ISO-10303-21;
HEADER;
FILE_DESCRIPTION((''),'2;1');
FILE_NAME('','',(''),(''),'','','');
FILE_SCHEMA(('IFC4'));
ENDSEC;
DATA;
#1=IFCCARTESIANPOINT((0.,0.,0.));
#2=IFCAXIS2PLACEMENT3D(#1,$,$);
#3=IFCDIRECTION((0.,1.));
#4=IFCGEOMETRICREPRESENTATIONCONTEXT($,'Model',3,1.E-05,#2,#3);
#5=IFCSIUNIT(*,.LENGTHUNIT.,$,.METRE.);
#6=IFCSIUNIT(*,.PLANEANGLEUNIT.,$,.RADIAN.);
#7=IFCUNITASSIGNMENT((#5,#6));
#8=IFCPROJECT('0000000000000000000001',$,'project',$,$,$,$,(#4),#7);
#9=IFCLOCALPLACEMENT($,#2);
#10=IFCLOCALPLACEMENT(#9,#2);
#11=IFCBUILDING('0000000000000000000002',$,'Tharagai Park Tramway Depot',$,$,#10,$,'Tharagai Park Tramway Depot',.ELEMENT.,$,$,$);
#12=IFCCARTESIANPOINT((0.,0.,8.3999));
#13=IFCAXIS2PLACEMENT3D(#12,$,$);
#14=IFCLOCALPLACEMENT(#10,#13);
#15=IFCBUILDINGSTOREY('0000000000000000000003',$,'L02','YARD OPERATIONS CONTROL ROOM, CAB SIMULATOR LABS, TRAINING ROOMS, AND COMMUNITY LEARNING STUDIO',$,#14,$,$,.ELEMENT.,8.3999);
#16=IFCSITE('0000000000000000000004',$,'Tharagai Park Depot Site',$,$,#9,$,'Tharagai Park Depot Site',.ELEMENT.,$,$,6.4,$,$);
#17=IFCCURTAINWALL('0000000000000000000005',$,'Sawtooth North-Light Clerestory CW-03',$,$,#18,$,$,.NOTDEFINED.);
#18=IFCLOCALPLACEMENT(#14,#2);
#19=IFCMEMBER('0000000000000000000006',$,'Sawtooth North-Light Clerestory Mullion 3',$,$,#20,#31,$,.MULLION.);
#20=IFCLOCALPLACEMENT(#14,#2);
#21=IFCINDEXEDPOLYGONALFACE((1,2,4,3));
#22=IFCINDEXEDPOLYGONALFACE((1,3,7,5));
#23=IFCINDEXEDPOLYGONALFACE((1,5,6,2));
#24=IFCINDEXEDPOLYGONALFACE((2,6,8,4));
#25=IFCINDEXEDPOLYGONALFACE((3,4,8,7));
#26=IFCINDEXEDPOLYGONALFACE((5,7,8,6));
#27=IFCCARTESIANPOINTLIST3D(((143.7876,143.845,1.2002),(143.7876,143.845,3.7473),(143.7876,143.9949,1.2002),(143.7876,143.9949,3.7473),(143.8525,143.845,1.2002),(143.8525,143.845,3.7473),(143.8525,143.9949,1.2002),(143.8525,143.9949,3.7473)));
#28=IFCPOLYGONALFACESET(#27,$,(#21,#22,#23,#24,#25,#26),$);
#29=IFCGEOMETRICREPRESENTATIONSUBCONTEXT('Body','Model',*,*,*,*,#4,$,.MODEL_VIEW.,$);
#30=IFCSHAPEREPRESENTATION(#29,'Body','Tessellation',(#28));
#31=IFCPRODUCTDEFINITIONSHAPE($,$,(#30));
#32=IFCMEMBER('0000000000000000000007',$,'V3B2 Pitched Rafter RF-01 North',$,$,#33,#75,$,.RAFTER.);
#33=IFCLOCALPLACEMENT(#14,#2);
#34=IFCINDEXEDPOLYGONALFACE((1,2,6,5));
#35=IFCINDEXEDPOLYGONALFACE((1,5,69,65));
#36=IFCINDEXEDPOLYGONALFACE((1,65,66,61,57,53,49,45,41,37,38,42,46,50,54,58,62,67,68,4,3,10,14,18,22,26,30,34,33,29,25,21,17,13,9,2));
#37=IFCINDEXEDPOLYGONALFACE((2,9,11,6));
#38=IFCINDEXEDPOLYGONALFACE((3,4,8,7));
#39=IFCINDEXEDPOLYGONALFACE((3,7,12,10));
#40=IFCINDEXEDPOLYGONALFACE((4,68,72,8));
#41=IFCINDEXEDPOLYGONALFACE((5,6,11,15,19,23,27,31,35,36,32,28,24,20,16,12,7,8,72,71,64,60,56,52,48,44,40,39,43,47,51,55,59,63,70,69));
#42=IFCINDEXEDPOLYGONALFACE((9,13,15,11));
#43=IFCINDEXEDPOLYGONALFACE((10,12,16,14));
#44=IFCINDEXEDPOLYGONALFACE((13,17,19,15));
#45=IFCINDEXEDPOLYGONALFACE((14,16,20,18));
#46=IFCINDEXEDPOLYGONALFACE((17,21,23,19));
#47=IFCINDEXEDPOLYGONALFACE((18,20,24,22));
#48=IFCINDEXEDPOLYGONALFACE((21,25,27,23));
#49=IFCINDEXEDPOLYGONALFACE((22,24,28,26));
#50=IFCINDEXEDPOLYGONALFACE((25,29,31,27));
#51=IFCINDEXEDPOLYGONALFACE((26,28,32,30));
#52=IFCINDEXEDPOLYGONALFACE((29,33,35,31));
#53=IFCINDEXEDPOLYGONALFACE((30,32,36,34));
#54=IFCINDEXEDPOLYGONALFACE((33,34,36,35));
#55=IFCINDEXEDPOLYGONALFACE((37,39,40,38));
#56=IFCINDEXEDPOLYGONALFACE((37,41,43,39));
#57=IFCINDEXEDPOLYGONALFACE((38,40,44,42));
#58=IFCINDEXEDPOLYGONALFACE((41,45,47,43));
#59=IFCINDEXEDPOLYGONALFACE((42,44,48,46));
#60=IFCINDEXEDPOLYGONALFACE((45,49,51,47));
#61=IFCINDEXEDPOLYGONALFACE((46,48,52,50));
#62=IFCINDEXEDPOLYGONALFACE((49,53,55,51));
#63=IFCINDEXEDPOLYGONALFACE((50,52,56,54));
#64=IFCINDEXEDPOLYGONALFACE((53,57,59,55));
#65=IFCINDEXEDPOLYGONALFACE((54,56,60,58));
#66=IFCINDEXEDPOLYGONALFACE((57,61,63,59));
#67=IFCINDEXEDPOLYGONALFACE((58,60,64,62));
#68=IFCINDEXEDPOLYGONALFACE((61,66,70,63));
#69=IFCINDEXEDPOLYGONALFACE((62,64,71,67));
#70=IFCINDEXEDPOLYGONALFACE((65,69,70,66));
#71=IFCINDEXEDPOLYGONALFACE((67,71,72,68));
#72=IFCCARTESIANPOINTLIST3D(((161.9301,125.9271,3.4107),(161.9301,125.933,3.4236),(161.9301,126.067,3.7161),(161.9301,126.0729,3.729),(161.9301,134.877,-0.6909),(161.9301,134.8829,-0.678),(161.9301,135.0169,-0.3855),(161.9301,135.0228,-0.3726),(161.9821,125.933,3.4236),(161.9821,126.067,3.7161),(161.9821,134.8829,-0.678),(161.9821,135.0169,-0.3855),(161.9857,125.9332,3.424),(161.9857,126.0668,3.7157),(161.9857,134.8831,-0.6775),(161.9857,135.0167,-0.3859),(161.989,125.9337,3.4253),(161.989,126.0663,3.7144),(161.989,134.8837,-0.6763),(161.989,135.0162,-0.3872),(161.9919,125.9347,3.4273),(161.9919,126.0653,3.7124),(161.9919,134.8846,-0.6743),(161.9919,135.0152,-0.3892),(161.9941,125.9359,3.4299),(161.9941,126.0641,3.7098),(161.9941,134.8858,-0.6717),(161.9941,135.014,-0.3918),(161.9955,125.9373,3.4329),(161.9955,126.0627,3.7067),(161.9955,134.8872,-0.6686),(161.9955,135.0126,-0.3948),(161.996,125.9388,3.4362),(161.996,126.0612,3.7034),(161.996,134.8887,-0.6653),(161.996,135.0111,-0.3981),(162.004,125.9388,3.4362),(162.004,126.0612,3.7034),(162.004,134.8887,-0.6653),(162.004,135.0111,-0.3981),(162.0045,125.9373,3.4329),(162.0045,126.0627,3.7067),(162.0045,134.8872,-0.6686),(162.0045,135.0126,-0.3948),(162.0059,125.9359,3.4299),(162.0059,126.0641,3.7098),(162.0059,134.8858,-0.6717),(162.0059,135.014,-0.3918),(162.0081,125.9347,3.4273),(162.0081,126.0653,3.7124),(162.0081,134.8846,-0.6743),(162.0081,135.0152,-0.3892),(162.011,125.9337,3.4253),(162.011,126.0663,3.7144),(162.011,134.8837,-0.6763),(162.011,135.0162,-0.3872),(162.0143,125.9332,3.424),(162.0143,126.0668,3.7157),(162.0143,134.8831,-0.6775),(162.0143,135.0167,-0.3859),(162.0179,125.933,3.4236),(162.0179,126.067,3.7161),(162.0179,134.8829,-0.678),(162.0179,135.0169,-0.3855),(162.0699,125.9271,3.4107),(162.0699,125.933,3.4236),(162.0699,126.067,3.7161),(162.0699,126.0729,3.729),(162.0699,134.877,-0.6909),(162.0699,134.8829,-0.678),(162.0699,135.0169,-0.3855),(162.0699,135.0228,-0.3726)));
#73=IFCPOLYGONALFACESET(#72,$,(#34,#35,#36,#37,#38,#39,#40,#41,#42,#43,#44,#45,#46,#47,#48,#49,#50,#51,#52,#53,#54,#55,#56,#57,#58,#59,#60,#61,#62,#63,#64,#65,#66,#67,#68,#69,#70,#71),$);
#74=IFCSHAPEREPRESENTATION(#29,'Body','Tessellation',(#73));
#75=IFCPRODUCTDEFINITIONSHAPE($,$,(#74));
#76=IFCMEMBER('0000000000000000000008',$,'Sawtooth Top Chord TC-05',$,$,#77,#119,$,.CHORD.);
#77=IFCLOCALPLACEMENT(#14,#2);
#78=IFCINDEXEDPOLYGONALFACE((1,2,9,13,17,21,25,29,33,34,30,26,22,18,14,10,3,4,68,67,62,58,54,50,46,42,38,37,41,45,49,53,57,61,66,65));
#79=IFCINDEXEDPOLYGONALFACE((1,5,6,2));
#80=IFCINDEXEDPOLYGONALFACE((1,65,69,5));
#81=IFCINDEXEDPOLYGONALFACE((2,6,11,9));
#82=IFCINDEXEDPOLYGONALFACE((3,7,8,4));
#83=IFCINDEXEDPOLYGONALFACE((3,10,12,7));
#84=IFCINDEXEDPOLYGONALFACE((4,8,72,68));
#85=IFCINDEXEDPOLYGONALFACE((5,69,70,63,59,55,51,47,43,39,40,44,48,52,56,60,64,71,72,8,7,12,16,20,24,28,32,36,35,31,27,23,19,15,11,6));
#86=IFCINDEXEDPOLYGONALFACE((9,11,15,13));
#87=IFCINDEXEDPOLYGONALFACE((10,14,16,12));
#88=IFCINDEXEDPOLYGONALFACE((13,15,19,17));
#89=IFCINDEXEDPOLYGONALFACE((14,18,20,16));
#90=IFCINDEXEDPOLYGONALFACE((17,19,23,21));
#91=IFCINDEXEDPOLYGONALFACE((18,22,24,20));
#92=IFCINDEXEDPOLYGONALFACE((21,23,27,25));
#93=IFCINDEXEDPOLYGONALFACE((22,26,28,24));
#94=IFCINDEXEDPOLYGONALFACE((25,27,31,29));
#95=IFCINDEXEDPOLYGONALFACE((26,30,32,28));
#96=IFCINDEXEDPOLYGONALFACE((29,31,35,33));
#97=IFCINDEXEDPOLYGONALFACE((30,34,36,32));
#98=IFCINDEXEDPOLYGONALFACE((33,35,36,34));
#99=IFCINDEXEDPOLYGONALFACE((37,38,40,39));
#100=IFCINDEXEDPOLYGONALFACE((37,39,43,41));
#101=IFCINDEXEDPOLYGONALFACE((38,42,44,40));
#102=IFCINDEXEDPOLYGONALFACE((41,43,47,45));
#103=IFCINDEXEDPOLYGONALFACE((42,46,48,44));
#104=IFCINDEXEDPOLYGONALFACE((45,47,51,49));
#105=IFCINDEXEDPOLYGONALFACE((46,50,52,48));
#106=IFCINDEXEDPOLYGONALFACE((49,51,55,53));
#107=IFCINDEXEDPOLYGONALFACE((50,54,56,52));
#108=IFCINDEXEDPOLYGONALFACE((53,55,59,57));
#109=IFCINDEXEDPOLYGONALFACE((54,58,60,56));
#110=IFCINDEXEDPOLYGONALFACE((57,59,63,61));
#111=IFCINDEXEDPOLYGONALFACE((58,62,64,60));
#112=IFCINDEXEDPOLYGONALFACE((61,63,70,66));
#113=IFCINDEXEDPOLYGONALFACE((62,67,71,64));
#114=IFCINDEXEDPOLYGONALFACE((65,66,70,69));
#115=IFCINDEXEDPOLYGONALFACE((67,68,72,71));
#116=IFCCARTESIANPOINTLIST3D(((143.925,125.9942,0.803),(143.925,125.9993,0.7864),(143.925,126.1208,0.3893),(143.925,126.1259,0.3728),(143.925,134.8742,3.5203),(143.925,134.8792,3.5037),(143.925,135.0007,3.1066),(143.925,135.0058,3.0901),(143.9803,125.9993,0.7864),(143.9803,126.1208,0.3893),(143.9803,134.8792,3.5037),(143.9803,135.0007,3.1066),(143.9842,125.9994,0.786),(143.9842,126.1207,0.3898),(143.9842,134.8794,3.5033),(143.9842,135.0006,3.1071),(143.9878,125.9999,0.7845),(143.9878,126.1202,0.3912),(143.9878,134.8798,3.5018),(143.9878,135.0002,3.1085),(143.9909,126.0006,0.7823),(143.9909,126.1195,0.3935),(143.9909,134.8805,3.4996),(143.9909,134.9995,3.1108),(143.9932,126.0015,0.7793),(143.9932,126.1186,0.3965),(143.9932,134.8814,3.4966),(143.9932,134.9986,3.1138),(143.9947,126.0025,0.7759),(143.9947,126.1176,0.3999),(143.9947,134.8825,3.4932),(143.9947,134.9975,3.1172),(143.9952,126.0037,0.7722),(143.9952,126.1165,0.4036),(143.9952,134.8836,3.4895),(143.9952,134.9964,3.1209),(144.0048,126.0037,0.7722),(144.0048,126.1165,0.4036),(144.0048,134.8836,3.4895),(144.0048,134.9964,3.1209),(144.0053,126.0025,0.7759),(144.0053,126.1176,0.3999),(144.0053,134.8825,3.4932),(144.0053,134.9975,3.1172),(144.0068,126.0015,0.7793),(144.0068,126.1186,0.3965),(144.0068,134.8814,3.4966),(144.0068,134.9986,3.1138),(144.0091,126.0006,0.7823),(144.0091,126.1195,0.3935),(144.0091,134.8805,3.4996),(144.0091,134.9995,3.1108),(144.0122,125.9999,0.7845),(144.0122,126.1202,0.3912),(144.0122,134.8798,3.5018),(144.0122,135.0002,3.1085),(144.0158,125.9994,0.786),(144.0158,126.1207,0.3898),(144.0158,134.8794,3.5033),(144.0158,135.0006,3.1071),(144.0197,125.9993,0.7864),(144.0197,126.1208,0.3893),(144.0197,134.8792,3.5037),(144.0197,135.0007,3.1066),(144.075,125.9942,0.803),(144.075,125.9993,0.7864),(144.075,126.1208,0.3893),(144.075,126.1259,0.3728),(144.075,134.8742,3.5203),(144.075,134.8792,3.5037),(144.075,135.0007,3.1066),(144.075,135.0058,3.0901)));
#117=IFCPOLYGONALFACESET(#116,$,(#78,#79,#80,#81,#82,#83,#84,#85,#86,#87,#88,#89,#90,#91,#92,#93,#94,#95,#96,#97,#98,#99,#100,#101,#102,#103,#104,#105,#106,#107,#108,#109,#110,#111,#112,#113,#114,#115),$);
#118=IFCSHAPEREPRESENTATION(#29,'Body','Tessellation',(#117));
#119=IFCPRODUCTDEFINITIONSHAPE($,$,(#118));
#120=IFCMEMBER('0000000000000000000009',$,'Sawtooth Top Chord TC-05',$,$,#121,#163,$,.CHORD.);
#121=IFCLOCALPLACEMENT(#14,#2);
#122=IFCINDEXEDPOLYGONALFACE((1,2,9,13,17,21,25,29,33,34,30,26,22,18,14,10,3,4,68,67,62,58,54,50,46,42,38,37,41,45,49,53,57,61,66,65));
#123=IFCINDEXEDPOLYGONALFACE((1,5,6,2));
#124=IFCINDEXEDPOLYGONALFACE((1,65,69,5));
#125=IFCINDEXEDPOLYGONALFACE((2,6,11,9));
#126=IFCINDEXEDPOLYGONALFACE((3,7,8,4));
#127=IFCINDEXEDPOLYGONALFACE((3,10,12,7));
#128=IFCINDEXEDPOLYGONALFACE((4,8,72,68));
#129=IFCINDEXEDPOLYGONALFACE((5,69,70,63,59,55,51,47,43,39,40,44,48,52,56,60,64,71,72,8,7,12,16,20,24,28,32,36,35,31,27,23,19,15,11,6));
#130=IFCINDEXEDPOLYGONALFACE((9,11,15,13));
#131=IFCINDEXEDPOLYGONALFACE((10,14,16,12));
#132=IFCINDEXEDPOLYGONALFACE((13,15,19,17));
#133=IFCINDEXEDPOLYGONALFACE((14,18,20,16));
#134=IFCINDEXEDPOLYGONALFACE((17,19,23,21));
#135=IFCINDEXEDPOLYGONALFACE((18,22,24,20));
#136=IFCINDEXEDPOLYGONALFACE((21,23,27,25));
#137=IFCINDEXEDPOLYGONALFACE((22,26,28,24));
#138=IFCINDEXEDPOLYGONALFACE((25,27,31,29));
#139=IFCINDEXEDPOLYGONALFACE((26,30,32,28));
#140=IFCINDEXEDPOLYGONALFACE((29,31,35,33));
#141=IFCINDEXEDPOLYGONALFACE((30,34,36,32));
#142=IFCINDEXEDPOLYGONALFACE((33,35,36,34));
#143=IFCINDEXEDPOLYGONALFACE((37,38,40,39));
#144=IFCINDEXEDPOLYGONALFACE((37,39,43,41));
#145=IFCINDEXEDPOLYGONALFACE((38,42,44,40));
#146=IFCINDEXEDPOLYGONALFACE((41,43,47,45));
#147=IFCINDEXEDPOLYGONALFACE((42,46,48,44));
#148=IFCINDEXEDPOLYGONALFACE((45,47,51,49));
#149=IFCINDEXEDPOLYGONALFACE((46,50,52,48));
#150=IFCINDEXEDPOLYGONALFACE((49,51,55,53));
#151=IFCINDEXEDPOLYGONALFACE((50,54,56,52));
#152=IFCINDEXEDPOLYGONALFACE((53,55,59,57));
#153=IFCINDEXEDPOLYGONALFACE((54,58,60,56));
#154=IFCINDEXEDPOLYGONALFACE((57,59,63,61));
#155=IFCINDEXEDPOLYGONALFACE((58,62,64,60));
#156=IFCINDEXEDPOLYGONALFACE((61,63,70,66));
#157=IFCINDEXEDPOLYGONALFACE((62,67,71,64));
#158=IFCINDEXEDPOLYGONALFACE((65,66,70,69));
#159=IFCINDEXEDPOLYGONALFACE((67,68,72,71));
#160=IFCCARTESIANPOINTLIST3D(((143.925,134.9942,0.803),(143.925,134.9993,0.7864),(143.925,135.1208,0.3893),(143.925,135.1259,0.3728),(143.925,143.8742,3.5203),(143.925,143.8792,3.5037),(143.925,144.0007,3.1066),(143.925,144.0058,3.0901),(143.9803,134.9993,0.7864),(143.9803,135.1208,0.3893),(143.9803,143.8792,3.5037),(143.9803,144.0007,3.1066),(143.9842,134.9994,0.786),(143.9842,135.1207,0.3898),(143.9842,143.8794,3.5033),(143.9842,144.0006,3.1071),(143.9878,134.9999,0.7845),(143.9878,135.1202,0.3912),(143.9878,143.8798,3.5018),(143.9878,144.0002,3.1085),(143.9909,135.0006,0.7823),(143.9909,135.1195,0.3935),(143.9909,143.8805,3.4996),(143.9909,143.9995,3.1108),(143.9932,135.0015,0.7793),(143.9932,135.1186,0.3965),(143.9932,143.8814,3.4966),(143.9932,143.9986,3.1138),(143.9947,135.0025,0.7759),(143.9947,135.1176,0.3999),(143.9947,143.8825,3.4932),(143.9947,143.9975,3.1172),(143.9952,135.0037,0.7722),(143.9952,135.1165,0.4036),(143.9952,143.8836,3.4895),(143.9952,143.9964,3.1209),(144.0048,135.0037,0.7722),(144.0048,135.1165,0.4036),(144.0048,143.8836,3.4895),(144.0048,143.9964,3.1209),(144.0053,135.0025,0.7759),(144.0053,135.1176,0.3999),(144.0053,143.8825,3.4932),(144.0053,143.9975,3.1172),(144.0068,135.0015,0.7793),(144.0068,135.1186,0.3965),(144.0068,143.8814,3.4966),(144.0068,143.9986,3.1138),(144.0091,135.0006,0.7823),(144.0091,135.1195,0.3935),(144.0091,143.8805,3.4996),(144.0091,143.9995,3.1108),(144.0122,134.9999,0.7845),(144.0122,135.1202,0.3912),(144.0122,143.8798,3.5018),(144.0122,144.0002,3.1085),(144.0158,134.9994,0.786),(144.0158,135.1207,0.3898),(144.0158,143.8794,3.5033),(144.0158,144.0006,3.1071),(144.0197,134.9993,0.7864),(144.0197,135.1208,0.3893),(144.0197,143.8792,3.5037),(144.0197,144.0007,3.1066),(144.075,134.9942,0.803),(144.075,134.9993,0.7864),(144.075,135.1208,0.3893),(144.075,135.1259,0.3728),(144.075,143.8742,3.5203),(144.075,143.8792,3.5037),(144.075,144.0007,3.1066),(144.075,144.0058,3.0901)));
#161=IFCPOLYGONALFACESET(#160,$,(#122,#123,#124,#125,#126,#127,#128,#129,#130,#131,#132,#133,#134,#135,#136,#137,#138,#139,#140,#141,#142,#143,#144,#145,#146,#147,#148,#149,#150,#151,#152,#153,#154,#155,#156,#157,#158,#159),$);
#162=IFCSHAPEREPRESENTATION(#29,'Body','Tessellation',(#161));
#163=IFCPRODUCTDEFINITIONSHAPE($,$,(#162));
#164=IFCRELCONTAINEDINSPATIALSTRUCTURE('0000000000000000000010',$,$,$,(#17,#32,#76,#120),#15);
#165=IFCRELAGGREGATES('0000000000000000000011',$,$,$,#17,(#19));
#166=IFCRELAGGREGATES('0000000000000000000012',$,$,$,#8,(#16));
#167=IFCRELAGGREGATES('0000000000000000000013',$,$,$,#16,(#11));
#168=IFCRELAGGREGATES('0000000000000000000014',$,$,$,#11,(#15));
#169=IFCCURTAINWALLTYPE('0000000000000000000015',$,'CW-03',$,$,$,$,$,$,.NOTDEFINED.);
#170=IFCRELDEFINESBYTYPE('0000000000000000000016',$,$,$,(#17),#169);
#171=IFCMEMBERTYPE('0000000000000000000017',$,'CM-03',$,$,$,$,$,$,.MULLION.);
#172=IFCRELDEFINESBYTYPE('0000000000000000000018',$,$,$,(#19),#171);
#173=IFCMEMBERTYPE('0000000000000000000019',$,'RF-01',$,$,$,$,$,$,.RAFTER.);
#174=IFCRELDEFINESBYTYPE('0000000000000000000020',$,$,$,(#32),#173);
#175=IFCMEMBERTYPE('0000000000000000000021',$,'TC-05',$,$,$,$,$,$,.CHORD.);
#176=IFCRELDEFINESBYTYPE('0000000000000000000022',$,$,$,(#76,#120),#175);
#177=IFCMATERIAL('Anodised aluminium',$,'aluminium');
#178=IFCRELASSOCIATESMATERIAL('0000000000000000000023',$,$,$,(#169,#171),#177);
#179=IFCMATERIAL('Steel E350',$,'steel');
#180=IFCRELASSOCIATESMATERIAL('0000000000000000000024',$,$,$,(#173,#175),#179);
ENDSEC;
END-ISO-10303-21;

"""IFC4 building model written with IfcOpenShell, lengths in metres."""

from ifc_helpers import new_model, si_unit, direction, frame, origin, origin_2d, place, context, subcontext, project, spatial, rectangle, i_section, extrude, material, material_profile, profile_set, type_object, element, aggregate, save


model = new_model("IFC4")

# Units and contexts
model_context = context("Model", 3, precision=1e-05, world=origin(), true_north=direction((0.0, 1.0)))
body_context = subcontext(model_context, "Body", "Model", "MODEL_VIEW")
ifc_project = project(units=[si_unit("LENGTHUNIT", "METRE"), si_unit("PLANEANGLEUNIT", "RADIAN")], contexts=[model_context])

# Site, building, storey
site_placement = place(None, origin())
site = spatial("IfcSite", under=ifc_project, at=site_placement, Name="Tharagai Park Depot Site", LongName="Tharagai Park Depot Site", CompositionType="ELEMENT", RefElevation=6.4)
building_placement = place(site_placement, origin())
building = spatial("IfcBuilding", under=site, at=building_placement, Name="Tharagai Park Tramway Depot", LongName="Tharagai Park Tramway Depot", CompositionType="ELEMENT")
storey_placement = place(building_placement, frame((0.0, 0.0, 8.3999)))
storey = spatial("IfcBuildingStorey", under=building, at=storey_placement, Name="L02", Description="YARD OPERATIONS CONTROL ROOM, CAB SIMULATOR LABS, TRAINING ROOMS, AND COMMUNITY LEARNING STUDIO", CompositionType="ELEMENT", Elevation=8.3999)

# Shared definitions
ifc_material_1 = material(Name="Steel E350", Category="steel")

# Curtain wall
ifc_material_2 = material(Name="Anodised aluminium", Category="aluminium")
curtain_wall_type_1 = type_object("IfcCurtainWallType", Name="CW-03", PredefinedType="NOTDEFINED", material=ifc_material_2)
curtain_wall_1_placement = place(storey_placement, origin())
curtain_wall_1 = element("IfcCurtainWall", 1, at=curtain_wall_1_placement, inside=storey, type_object=curtain_wall_type_1, Name="Sawtooth North-Light Clerestory CW-03", PredefinedType="NOTDEFINED")

# Shared definitions
ifc_material_profile_1 = material_profile(ifc_material_2, rectangle(XDim=0.0649, YDim=0.1499, at=origin_2d()), Name="ALU 65x150")
ifc_profile_set_1 = profile_set([ifc_material_profile_1], Name="Anodised aluminium")
member_type_1 = type_object("IfcMemberType", Name="CM-03", PredefinedType="MULLION", material=ifc_profile_set_1)

# Member
member_1_placement = place(storey_placement, frame((143.8201, 143.9199, 1.2002), z_axis=(0.0, 0.0, 1.0), x_axis=(1.0, 0.0, 0.0)))
member_1 = element("IfcMember", 2, at=member_1_placement, type_object=member_type_1, Name="Sawtooth North-Light Clerestory Mullion 3", PredefinedType="MULLION", context=body_context, shape_type="SweptSolid", body=[
    extrude(rectangle(XDim=0.0649, YDim=0.1499, at=origin_2d()), origin(), (0.0, 0.0, 1.0), 2.5471),
])

# Members
ifc_material_profile_2 = material_profile(ifc_material_1, i_section(OverallWidth=0.1399, OverallDepth=0.3501, WebThickness=0.0081, FlangeThickness=0.0142, FilletRadius=0.0139, at=origin_2d()), Name="ISMB 350")
ifc_profile_set_2 = profile_set([ifc_material_profile_2], Name="Steel E350")
member_type_2 = type_object("IfcMemberType", Name="RF-01", PredefinedType="RAFTER", material=ifc_profile_set_2)
member_2_placement = place(storey_placement, frame((162.0, 126.0, 3.5698), z_axis=(0.0, 0.909084, -0.416613), x_axis=(-1.0, 0.0, 0.0)))
element("IfcMember", 3, at=member_2_placement, inside=storey, type_object=member_type_2, Name="V3B2 Pitched Rafter RF-01 North", PredefinedType="RAFTER", context=body_context, shape_type="SweptSolid", body=[
    extrude(i_section(OverallWidth=0.1399, OverallDepth=0.3501, WebThickness=0.0081, FlangeThickness=0.0142, FilletRadius=0.0139, at=origin_2d()), origin(), (0.0, 0.0, 1.0), 9.845),
])
ifc_material_profile_3 = material_profile(ifc_material_1, i_section(OverallWidth=0.1499, OverallDepth=0.45, WebThickness=0.0095, FlangeThickness=0.0173, FilletRadius=0.0149, at=origin_2d()), Name="ISMB 450")
ifc_profile_set_3 = profile_set([ifc_material_profile_3], Name="Steel E350")
member_type_3 = type_object("IfcMemberType", Name="TC-05", PredefinedType="CHORD", material=ifc_profile_set_3)
for number, where, z_axis, x_axis, name in (
    (4, (144.0, 126.0601, 0.5879), (0.0, 0.956231, 0.292611), (-1.0, 0.0, 0.0), "Sawtooth Top Chord TC-05"),
    (5, (144.0, 135.0601, 0.5879), (0.0, 0.956231, 0.292611), (-1.0, 0.0, 0.0), "Sawtooth Top Chord TC-05"),
):
    element("IfcMember", number, at=place(storey_placement, frame(where, z_axis=z_axis, x_axis=x_axis)), inside=storey, type_object=member_type_3, Name=name, PredefinedType="CHORD", context=body_context, shape_type="SweptSolid", body=[
        extrude(i_section(OverallWidth=0.1499, OverallDepth=0.45, WebThickness=0.0095, FlangeThickness=0.0173, FilletRadius=0.0149, at=origin_2d()), origin(), (0.0, 0.0, 1.0), 9.2864),
    ])

aggregate(curtain_wall_1, [member_1])

save(model, "model.ifc")
